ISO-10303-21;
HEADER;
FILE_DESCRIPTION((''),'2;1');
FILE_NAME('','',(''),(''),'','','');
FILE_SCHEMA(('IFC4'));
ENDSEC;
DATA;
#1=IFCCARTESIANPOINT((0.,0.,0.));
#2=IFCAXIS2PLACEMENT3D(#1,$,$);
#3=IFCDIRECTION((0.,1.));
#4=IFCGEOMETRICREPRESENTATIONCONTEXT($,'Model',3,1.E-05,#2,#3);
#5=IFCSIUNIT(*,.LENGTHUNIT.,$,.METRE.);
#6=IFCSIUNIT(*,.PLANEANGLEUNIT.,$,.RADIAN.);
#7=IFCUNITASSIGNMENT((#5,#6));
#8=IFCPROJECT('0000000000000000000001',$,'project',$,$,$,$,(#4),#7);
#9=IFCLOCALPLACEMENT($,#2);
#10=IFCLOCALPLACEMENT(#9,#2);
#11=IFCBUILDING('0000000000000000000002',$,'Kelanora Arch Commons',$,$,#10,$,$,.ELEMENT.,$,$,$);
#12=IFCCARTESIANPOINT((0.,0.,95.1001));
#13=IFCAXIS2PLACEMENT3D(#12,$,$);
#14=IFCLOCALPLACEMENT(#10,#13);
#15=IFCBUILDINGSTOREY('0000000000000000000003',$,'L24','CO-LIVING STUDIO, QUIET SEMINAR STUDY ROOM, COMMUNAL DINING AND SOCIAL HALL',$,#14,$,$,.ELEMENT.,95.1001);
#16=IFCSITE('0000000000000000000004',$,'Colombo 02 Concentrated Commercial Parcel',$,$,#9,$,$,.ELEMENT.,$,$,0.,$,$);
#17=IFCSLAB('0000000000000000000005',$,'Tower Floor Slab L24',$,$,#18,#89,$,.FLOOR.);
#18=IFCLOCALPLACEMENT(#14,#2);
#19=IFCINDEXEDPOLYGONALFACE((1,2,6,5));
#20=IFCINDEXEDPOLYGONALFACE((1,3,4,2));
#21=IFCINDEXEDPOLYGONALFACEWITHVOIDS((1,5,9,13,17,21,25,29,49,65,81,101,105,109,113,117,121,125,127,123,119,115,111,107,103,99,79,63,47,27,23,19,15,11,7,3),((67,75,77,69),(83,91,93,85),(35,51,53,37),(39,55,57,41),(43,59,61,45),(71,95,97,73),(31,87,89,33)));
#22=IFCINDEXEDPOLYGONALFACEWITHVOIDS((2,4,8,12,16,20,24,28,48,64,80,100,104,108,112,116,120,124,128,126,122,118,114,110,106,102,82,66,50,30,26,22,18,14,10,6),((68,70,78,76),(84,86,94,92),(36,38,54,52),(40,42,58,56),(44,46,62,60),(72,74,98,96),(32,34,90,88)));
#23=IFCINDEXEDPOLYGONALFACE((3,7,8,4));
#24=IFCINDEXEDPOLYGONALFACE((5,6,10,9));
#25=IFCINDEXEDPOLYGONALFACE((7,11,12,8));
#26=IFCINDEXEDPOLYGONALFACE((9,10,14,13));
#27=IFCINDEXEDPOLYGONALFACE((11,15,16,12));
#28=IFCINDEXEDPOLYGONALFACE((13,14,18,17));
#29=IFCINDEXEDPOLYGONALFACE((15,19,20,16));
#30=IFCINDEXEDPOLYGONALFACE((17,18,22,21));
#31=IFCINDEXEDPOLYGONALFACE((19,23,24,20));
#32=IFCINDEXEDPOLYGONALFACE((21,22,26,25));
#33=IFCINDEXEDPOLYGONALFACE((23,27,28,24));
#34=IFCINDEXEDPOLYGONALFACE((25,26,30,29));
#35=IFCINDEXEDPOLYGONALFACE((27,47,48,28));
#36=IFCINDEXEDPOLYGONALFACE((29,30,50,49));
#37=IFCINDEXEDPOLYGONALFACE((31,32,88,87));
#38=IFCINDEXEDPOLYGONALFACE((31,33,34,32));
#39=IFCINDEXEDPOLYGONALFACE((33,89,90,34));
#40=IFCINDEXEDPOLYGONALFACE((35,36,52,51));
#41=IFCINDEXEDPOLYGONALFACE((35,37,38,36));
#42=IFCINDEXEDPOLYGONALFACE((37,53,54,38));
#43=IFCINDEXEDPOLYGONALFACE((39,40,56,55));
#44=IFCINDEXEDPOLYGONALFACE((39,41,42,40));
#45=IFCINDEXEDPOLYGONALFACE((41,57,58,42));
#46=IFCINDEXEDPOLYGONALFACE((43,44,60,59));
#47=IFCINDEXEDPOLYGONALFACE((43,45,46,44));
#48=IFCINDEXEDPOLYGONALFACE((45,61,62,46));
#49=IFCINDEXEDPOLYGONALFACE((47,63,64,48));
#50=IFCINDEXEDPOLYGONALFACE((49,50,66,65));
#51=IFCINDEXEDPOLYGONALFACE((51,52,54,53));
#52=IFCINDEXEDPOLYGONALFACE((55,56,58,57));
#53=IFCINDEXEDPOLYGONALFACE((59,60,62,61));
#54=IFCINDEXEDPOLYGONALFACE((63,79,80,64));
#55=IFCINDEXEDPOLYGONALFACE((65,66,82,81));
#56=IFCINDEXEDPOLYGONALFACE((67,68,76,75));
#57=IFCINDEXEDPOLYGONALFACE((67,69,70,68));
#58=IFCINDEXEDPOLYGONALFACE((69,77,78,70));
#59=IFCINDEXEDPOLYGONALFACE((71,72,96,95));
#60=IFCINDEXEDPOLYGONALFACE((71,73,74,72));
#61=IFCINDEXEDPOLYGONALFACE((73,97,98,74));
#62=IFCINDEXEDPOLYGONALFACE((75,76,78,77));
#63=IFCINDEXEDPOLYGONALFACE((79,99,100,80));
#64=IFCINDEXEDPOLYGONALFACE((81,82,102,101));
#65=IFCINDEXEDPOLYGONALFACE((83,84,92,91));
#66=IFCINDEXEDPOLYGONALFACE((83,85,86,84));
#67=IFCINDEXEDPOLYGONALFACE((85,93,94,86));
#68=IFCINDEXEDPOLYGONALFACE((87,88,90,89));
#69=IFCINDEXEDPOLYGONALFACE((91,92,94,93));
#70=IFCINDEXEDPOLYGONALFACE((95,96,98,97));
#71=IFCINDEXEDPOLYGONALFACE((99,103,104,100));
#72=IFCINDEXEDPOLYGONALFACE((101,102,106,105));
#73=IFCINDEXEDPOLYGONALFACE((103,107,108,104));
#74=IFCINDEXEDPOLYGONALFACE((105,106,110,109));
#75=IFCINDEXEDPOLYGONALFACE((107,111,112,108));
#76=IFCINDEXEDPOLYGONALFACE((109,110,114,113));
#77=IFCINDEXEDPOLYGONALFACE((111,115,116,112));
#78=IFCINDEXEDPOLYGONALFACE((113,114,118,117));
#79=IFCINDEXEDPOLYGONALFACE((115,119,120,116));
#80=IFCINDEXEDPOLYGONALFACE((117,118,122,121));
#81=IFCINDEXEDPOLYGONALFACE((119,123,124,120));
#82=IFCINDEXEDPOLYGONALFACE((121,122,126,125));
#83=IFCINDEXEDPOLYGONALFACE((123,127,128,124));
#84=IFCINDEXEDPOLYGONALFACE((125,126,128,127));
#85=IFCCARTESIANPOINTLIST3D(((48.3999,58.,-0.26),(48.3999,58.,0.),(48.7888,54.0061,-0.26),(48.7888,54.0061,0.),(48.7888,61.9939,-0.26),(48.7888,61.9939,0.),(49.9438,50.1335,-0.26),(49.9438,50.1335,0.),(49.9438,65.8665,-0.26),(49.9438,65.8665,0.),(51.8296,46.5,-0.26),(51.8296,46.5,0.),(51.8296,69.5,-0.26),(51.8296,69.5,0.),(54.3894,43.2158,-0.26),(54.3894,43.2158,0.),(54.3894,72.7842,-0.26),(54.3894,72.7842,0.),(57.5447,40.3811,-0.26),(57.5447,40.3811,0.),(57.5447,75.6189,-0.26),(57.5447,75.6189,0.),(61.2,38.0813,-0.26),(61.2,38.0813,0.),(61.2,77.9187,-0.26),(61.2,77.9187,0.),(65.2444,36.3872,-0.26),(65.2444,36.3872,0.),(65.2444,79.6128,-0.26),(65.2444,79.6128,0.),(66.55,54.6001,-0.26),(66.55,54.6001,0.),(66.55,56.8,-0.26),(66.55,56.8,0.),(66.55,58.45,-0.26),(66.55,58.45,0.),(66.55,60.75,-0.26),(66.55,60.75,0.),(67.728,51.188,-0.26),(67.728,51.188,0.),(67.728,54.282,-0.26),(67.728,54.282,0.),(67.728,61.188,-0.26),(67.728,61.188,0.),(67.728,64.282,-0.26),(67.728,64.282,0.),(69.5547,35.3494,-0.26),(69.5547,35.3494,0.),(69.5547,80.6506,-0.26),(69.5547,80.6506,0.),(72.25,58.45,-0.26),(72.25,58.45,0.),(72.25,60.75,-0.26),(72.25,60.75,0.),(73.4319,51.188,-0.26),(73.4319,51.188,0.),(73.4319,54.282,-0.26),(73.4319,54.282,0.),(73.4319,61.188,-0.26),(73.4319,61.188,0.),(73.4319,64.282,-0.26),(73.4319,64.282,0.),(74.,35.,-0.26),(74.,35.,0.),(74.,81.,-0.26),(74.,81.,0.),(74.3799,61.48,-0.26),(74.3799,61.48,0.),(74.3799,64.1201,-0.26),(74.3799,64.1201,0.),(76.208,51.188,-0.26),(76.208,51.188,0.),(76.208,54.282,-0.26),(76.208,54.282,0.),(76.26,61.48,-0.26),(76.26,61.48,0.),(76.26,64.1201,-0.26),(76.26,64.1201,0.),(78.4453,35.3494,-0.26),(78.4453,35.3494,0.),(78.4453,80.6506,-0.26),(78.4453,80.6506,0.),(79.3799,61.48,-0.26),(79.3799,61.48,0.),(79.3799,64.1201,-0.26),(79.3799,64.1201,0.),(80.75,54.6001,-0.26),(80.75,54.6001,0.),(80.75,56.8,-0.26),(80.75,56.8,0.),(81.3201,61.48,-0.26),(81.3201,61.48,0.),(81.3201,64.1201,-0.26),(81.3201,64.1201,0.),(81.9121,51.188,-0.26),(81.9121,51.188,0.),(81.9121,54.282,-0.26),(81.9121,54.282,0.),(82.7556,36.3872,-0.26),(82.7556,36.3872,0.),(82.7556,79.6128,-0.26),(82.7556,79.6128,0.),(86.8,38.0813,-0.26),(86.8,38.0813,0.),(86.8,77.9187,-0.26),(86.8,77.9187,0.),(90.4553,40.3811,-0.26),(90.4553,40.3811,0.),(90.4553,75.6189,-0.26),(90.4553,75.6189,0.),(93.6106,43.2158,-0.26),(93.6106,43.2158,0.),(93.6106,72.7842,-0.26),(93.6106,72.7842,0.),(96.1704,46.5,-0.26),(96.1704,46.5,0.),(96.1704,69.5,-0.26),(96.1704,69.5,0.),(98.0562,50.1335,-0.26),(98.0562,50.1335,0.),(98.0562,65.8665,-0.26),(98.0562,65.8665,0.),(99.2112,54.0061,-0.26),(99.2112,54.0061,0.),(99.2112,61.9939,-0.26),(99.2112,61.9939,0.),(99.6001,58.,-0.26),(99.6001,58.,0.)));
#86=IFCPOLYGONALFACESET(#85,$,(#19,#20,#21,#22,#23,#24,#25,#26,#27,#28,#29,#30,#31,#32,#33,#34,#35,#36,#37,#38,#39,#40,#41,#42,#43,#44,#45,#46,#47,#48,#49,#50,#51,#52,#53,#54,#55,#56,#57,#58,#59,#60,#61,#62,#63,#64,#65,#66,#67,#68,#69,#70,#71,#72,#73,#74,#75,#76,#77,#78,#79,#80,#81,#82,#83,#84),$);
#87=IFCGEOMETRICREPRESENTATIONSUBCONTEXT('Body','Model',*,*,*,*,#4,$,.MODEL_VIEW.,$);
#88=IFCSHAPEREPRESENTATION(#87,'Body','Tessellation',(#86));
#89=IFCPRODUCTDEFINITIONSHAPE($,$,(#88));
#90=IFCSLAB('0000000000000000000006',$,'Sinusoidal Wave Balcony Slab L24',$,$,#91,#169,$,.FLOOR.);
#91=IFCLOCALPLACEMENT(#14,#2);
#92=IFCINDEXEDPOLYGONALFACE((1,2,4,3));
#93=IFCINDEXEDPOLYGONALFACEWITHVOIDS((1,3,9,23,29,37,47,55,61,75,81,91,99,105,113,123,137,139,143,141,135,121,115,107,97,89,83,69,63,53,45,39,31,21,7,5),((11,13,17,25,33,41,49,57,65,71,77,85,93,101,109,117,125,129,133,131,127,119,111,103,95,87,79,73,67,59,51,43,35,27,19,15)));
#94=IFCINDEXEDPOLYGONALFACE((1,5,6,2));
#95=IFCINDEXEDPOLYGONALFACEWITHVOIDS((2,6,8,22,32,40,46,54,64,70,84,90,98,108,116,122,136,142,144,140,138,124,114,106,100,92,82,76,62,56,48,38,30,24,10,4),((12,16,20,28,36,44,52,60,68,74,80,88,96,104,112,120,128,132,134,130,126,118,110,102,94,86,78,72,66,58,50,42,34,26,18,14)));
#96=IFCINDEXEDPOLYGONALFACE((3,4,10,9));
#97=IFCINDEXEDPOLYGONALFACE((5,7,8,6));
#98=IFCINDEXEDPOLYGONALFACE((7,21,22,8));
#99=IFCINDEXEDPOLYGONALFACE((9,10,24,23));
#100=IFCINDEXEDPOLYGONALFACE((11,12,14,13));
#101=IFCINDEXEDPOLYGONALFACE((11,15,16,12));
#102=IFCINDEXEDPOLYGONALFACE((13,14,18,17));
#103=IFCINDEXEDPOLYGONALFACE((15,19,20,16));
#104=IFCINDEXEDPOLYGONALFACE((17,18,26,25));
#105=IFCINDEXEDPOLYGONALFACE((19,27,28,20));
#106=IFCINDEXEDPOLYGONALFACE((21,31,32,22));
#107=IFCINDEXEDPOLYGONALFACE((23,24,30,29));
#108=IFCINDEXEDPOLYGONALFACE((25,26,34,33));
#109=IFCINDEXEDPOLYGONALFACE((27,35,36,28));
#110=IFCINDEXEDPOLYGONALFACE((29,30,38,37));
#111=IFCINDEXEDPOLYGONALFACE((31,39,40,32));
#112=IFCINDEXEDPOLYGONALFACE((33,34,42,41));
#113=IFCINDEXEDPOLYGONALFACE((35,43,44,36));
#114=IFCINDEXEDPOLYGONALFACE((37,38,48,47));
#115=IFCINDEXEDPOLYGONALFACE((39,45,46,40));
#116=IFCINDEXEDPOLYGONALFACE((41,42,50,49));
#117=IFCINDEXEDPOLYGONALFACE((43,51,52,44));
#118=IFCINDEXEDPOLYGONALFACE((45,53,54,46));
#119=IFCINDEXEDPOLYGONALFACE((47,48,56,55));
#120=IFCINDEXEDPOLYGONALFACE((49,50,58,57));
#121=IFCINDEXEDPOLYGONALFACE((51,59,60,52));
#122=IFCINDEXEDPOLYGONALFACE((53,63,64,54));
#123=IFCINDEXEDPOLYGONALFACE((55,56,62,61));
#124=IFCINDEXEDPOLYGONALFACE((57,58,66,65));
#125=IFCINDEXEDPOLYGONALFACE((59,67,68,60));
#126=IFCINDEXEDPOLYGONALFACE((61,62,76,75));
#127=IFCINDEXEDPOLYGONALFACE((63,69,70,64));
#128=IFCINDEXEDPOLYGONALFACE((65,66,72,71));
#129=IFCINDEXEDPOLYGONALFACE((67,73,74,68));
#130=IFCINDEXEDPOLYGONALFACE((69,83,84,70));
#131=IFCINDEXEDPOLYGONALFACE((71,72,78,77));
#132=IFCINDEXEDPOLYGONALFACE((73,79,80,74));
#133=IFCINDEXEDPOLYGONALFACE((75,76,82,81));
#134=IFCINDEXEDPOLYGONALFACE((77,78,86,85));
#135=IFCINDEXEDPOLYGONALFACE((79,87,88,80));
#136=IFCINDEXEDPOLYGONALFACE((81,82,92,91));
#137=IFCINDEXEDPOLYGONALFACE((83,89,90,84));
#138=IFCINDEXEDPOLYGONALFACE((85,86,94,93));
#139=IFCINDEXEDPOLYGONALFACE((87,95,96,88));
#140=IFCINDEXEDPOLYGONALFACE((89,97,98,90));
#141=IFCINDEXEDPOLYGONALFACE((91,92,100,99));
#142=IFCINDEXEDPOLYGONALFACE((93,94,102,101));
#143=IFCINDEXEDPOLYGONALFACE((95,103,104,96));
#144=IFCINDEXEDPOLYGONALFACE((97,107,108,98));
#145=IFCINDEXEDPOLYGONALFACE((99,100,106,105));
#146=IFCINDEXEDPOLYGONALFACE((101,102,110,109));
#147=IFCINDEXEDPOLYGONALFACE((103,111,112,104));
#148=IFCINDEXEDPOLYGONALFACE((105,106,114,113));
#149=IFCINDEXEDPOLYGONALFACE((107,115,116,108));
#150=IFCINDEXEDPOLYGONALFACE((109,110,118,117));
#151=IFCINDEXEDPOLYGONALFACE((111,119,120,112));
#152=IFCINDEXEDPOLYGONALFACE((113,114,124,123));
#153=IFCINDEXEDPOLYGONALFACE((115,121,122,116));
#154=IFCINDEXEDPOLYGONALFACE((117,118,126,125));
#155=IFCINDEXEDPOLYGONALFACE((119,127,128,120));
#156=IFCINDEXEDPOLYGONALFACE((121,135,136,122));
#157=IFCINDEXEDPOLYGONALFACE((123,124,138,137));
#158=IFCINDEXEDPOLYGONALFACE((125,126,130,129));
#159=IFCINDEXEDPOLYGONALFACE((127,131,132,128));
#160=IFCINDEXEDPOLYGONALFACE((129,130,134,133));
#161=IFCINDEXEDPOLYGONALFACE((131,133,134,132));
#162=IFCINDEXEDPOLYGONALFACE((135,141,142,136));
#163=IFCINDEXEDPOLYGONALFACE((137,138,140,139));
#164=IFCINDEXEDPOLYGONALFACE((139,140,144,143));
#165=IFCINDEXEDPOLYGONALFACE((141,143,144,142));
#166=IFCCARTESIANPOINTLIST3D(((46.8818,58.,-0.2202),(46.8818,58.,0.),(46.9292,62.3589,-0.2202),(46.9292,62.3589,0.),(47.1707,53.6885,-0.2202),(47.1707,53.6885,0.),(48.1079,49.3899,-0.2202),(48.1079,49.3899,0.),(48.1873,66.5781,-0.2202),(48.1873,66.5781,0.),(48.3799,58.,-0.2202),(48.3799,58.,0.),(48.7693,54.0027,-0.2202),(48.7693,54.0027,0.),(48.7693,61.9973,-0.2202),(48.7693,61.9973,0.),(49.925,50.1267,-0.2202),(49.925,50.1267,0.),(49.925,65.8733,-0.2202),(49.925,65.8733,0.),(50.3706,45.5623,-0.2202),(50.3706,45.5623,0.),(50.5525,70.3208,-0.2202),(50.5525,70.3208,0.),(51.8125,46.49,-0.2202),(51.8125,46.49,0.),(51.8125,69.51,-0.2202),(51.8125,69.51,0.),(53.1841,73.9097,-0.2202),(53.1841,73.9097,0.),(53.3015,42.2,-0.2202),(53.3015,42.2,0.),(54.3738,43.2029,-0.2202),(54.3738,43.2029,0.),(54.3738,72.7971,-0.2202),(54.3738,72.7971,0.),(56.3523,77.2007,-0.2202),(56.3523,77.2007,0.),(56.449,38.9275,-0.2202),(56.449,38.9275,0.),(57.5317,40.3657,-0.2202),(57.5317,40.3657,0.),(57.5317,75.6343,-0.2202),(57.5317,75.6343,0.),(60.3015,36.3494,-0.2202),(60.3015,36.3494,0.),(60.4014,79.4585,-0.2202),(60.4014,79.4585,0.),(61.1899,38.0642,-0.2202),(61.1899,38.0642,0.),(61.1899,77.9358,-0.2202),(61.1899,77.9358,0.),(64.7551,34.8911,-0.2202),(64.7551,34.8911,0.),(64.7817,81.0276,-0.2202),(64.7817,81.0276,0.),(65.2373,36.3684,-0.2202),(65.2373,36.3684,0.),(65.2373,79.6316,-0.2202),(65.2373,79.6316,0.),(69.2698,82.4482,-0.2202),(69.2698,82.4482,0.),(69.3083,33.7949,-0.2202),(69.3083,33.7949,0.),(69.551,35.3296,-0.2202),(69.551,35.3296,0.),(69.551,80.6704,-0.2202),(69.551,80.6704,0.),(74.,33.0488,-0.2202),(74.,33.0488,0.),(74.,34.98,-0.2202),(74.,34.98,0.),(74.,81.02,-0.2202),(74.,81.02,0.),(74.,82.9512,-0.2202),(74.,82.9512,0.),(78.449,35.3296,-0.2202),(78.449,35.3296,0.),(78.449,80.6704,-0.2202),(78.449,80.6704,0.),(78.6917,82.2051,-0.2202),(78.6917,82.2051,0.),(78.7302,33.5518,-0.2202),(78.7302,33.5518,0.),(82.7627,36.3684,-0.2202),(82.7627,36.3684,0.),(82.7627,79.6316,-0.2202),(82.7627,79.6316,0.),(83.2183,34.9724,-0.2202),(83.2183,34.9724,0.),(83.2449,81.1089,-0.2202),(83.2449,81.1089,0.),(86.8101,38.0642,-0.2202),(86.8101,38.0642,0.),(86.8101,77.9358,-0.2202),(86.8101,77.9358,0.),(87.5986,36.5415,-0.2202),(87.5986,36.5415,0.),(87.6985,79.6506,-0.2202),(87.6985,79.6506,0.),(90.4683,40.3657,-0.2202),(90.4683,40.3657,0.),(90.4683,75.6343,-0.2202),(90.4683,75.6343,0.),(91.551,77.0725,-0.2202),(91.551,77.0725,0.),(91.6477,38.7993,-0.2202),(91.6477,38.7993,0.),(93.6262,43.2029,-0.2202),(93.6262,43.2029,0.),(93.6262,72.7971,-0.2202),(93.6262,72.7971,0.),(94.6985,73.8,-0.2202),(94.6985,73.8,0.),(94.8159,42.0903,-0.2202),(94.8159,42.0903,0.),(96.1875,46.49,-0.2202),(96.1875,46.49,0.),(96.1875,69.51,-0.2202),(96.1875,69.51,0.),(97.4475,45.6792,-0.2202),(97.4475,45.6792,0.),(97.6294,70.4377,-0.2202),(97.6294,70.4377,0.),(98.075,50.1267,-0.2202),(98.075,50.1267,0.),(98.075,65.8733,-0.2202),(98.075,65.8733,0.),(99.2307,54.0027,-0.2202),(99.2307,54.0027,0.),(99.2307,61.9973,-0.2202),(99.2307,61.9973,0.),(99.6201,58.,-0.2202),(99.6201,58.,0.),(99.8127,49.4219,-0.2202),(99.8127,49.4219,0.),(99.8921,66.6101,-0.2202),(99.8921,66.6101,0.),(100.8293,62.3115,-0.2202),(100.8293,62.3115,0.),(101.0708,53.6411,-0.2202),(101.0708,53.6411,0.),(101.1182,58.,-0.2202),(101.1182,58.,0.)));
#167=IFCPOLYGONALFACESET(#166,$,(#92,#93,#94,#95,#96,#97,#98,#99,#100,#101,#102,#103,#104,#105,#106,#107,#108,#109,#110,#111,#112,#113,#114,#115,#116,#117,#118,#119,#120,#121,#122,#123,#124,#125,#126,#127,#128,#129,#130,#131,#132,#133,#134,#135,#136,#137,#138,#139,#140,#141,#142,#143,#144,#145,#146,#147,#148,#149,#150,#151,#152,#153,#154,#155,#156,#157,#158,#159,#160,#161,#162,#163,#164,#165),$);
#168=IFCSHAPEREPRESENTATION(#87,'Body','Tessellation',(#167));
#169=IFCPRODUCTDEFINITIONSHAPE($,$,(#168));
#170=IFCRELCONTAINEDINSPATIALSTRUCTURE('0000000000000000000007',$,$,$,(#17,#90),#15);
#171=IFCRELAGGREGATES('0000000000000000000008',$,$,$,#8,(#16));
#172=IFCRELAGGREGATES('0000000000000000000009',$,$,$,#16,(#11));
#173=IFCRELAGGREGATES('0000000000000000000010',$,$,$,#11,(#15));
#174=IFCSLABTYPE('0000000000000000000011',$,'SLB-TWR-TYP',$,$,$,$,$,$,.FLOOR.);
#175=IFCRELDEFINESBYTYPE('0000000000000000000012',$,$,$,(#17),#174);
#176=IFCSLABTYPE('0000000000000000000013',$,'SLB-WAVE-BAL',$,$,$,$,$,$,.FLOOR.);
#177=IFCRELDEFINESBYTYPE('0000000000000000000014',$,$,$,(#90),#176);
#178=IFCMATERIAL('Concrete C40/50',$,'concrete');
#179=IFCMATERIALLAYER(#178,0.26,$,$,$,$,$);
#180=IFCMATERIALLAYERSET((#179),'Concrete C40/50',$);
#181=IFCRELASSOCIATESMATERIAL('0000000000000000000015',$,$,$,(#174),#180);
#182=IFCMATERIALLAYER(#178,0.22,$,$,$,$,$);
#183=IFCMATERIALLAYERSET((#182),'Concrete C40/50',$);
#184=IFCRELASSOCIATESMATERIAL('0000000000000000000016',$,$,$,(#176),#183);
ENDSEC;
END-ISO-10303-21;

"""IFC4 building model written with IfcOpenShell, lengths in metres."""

from ifc_helpers import new_model, si_unit, direction, frame, origin, place, context, subcontext, project, spatial, polyline, outline, extrude, material, layer, layer_set, type_object, element, save


model = new_model("IFC4")

# Units and contexts
model_context = context("Model", 3, precision=1e-05, world=origin(), true_north=direction((0.0, 1.0)))
body_context = subcontext(model_context, "Body", "Model", "MODEL_VIEW")
ifc_project = project(units=[si_unit("LENGTHUNIT", "METRE"), si_unit("PLANEANGLEUNIT", "RADIAN")], contexts=[model_context])

# Site, building, storey
site_placement = place(None, origin())
site = spatial("IfcSite", under=ifc_project, at=site_placement, Name="Colombo 02 Concentrated Commercial Parcel", CompositionType="ELEMENT", RefElevation=0.0)
building_placement = place(site_placement, origin())
building = spatial("IfcBuilding", under=site, at=building_placement, Name="Kelanora Arch Commons", CompositionType="ELEMENT")
storey_placement = place(building_placement, frame((0.0, 0.0, 95.1001)))
storey = spatial("IfcBuildingStorey", under=building, at=storey_placement, Name="L24", Description="CO-LIVING STUDIO, QUIET SEMINAR STUDY ROOM, COMMUNAL DINING AND SOCIAL HALL", CompositionType="ELEMENT", Elevation=95.1001)

# Shared definitions
ifc_material_1 = material(Name="Concrete C40/50", Category="concrete")

# Slabs
ifc_layer_1 = layer(ifc_material_1, 0.26)
ifc_layer_set_1 = layer_set([ifc_layer_1], Name="Concrete C40/50")
slab_type_1 = type_object("IfcSlabType", Name="SLB-TWR-TYP", PredefinedType="FLOOR", material=ifc_layer_set_1)
slab_1_placement = place(storey_placement, frame((0.0, 0.0, -0.26)))
element("IfcSlab", 1, at=slab_1_placement, inside=storey, type_object=slab_type_1, Name="Tower Floor Slab L24", PredefinedType="FLOOR", context=body_context, shape_type="SweptSolid", body=[
    extrude(outline(polyline([(99.6001, 58.0), (99.2112, 61.9939), (98.0562, 65.8665), (96.1704, 69.5), (93.6106, 72.7842), (90.4553, 75.6189), (86.8, 77.9187), (82.7556, 79.6128), (78.4453, 80.6506), (74.0, 81.0), (69.5547, 80.6506), (65.2444, 79.6128), (61.2, 77.9187), (57.5447, 75.6189), (54.3894, 72.7842), (51.8296, 69.5), (49.9438, 65.8665), (48.7888, 61.9939), (48.3999, 58.0), (48.7888, 54.0061), (49.9438, 50.1335), (51.8296, 46.5), (54.3894, 43.2158), (57.5447, 40.3811), (61.2, 38.0813), (65.2444, 36.3872), (69.5547, 35.3494), (74.0, 35.0), (78.4453, 35.3494), (82.7556, 36.3872), (86.8, 38.0813), (90.4553, 40.3811), (93.6106, 43.2158), (96.1704, 46.5), (98.0562, 50.1335), (99.2112, 54.0061), (99.6001, 58.0)]), holes=[polyline([(73.4319, 51.188), (67.728, 51.188), (67.728, 54.282), (73.4319, 54.282), (73.4319, 51.188)]), polyline([(76.208, 51.188), (76.208, 54.282), (81.9121, 54.282), (81.9121, 51.188), (76.208, 51.188)]), polyline([(66.55, 54.6001), (66.55, 56.8), (80.75, 56.8), (80.75, 54.6001), (66.55, 54.6001)]), polyline([(66.55, 58.45), (66.55, 60.75), (72.25, 60.75), (72.25, 58.45), (66.55, 58.45)]), polyline([(67.728, 61.188), (67.728, 64.282), (73.4319, 64.282), (73.4319, 61.188), (67.728, 61.188)]), polyline([(74.3799, 61.48), (74.3799, 64.1201), (76.26, 64.1201), (76.26, 61.48), (74.3799, 61.48)]), polyline([(79.3799, 61.48), (79.3799, 64.1201), (81.3201, 64.1201), (81.3201, 61.48), (79.3799, 61.48)])]), origin(), (0.0, 0.0, 1.0), 0.26),
])
ifc_layer_2 = layer(ifc_material_1, 0.22)
ifc_layer_set_2 = layer_set([ifc_layer_2], Name="Concrete C40/50")
slab_type_2 = type_object("IfcSlabType", Name="SLB-WAVE-BAL", PredefinedType="FLOOR", material=ifc_layer_set_2)
slab_2_placement = place(storey_placement, frame((0.0, 0.0, -0.2202)))
element("IfcSlab", 2, at=slab_2_placement, inside=storey, type_object=slab_type_2, Name="Sinusoidal Wave Balcony Slab L24", PredefinedType="FLOOR", context=body_context, shape_type="SweptSolid", body=[
    extrude(outline(polyline([(101.1182, 58.0), (100.8293, 62.3115), (99.8921, 66.6101), (97.6294, 70.4377), (94.6985, 73.8), (91.551, 77.0725), (87.6985, 79.6506), (83.2449, 81.1089), (78.6917, 82.2051), (74.0, 82.9512), (69.2698, 82.4482), (64.7817, 81.0276), (60.4014, 79.4585), (56.3523, 77.2007), (53.1841, 73.9097), (50.5525, 70.3208), (48.1873, 66.5781), (46.9292, 62.3589), (46.8818, 58.0), (47.1707, 53.6885), (48.1079, 49.3899), (50.3706, 45.5623), (53.3015, 42.2), (56.449, 38.9275), (60.3015, 36.3494), (64.7551, 34.8911), (69.3083, 33.7949), (74.0, 33.0488), (78.7302, 33.5518), (83.2183, 34.9724), (87.5986, 36.5415), (91.6477, 38.7993), (94.8159, 42.0903), (97.4475, 45.6792), (99.8127, 49.4219), (101.0708, 53.6411), (101.1182, 58.0)]), holes=[polyline([(99.2307, 54.0027), (98.075, 50.1267), (96.1875, 46.49), (93.6262, 43.2029), (90.4683, 40.3657), (86.8101, 38.0642), (82.7627, 36.3684), (78.449, 35.3296), (74.0, 34.98), (69.551, 35.3296), (65.2373, 36.3684), (61.1899, 38.0642), (57.5317, 40.3657), (54.3738, 43.2029), (51.8125, 46.49), (49.925, 50.1267), (48.7693, 54.0027), (48.3799, 58.0), (48.7693, 61.9973), (49.925, 65.8733), (51.8125, 69.51), (54.3738, 72.7971), (57.5317, 75.6343), (61.1899, 77.9358), (65.2373, 79.6316), (69.551, 80.6704), (74.0, 81.02), (78.449, 80.6704), (82.7627, 79.6316), (86.8101, 77.9358), (90.4683, 75.6343), (93.6262, 72.7971), (96.1875, 69.51), (98.075, 65.8733), (99.2307, 61.9973), (99.6201, 58.0), (99.2307, 54.0027)])]), origin(), (0.0, 0.0, 1.0), 0.2202),
])

save(model, "model.ifc")
